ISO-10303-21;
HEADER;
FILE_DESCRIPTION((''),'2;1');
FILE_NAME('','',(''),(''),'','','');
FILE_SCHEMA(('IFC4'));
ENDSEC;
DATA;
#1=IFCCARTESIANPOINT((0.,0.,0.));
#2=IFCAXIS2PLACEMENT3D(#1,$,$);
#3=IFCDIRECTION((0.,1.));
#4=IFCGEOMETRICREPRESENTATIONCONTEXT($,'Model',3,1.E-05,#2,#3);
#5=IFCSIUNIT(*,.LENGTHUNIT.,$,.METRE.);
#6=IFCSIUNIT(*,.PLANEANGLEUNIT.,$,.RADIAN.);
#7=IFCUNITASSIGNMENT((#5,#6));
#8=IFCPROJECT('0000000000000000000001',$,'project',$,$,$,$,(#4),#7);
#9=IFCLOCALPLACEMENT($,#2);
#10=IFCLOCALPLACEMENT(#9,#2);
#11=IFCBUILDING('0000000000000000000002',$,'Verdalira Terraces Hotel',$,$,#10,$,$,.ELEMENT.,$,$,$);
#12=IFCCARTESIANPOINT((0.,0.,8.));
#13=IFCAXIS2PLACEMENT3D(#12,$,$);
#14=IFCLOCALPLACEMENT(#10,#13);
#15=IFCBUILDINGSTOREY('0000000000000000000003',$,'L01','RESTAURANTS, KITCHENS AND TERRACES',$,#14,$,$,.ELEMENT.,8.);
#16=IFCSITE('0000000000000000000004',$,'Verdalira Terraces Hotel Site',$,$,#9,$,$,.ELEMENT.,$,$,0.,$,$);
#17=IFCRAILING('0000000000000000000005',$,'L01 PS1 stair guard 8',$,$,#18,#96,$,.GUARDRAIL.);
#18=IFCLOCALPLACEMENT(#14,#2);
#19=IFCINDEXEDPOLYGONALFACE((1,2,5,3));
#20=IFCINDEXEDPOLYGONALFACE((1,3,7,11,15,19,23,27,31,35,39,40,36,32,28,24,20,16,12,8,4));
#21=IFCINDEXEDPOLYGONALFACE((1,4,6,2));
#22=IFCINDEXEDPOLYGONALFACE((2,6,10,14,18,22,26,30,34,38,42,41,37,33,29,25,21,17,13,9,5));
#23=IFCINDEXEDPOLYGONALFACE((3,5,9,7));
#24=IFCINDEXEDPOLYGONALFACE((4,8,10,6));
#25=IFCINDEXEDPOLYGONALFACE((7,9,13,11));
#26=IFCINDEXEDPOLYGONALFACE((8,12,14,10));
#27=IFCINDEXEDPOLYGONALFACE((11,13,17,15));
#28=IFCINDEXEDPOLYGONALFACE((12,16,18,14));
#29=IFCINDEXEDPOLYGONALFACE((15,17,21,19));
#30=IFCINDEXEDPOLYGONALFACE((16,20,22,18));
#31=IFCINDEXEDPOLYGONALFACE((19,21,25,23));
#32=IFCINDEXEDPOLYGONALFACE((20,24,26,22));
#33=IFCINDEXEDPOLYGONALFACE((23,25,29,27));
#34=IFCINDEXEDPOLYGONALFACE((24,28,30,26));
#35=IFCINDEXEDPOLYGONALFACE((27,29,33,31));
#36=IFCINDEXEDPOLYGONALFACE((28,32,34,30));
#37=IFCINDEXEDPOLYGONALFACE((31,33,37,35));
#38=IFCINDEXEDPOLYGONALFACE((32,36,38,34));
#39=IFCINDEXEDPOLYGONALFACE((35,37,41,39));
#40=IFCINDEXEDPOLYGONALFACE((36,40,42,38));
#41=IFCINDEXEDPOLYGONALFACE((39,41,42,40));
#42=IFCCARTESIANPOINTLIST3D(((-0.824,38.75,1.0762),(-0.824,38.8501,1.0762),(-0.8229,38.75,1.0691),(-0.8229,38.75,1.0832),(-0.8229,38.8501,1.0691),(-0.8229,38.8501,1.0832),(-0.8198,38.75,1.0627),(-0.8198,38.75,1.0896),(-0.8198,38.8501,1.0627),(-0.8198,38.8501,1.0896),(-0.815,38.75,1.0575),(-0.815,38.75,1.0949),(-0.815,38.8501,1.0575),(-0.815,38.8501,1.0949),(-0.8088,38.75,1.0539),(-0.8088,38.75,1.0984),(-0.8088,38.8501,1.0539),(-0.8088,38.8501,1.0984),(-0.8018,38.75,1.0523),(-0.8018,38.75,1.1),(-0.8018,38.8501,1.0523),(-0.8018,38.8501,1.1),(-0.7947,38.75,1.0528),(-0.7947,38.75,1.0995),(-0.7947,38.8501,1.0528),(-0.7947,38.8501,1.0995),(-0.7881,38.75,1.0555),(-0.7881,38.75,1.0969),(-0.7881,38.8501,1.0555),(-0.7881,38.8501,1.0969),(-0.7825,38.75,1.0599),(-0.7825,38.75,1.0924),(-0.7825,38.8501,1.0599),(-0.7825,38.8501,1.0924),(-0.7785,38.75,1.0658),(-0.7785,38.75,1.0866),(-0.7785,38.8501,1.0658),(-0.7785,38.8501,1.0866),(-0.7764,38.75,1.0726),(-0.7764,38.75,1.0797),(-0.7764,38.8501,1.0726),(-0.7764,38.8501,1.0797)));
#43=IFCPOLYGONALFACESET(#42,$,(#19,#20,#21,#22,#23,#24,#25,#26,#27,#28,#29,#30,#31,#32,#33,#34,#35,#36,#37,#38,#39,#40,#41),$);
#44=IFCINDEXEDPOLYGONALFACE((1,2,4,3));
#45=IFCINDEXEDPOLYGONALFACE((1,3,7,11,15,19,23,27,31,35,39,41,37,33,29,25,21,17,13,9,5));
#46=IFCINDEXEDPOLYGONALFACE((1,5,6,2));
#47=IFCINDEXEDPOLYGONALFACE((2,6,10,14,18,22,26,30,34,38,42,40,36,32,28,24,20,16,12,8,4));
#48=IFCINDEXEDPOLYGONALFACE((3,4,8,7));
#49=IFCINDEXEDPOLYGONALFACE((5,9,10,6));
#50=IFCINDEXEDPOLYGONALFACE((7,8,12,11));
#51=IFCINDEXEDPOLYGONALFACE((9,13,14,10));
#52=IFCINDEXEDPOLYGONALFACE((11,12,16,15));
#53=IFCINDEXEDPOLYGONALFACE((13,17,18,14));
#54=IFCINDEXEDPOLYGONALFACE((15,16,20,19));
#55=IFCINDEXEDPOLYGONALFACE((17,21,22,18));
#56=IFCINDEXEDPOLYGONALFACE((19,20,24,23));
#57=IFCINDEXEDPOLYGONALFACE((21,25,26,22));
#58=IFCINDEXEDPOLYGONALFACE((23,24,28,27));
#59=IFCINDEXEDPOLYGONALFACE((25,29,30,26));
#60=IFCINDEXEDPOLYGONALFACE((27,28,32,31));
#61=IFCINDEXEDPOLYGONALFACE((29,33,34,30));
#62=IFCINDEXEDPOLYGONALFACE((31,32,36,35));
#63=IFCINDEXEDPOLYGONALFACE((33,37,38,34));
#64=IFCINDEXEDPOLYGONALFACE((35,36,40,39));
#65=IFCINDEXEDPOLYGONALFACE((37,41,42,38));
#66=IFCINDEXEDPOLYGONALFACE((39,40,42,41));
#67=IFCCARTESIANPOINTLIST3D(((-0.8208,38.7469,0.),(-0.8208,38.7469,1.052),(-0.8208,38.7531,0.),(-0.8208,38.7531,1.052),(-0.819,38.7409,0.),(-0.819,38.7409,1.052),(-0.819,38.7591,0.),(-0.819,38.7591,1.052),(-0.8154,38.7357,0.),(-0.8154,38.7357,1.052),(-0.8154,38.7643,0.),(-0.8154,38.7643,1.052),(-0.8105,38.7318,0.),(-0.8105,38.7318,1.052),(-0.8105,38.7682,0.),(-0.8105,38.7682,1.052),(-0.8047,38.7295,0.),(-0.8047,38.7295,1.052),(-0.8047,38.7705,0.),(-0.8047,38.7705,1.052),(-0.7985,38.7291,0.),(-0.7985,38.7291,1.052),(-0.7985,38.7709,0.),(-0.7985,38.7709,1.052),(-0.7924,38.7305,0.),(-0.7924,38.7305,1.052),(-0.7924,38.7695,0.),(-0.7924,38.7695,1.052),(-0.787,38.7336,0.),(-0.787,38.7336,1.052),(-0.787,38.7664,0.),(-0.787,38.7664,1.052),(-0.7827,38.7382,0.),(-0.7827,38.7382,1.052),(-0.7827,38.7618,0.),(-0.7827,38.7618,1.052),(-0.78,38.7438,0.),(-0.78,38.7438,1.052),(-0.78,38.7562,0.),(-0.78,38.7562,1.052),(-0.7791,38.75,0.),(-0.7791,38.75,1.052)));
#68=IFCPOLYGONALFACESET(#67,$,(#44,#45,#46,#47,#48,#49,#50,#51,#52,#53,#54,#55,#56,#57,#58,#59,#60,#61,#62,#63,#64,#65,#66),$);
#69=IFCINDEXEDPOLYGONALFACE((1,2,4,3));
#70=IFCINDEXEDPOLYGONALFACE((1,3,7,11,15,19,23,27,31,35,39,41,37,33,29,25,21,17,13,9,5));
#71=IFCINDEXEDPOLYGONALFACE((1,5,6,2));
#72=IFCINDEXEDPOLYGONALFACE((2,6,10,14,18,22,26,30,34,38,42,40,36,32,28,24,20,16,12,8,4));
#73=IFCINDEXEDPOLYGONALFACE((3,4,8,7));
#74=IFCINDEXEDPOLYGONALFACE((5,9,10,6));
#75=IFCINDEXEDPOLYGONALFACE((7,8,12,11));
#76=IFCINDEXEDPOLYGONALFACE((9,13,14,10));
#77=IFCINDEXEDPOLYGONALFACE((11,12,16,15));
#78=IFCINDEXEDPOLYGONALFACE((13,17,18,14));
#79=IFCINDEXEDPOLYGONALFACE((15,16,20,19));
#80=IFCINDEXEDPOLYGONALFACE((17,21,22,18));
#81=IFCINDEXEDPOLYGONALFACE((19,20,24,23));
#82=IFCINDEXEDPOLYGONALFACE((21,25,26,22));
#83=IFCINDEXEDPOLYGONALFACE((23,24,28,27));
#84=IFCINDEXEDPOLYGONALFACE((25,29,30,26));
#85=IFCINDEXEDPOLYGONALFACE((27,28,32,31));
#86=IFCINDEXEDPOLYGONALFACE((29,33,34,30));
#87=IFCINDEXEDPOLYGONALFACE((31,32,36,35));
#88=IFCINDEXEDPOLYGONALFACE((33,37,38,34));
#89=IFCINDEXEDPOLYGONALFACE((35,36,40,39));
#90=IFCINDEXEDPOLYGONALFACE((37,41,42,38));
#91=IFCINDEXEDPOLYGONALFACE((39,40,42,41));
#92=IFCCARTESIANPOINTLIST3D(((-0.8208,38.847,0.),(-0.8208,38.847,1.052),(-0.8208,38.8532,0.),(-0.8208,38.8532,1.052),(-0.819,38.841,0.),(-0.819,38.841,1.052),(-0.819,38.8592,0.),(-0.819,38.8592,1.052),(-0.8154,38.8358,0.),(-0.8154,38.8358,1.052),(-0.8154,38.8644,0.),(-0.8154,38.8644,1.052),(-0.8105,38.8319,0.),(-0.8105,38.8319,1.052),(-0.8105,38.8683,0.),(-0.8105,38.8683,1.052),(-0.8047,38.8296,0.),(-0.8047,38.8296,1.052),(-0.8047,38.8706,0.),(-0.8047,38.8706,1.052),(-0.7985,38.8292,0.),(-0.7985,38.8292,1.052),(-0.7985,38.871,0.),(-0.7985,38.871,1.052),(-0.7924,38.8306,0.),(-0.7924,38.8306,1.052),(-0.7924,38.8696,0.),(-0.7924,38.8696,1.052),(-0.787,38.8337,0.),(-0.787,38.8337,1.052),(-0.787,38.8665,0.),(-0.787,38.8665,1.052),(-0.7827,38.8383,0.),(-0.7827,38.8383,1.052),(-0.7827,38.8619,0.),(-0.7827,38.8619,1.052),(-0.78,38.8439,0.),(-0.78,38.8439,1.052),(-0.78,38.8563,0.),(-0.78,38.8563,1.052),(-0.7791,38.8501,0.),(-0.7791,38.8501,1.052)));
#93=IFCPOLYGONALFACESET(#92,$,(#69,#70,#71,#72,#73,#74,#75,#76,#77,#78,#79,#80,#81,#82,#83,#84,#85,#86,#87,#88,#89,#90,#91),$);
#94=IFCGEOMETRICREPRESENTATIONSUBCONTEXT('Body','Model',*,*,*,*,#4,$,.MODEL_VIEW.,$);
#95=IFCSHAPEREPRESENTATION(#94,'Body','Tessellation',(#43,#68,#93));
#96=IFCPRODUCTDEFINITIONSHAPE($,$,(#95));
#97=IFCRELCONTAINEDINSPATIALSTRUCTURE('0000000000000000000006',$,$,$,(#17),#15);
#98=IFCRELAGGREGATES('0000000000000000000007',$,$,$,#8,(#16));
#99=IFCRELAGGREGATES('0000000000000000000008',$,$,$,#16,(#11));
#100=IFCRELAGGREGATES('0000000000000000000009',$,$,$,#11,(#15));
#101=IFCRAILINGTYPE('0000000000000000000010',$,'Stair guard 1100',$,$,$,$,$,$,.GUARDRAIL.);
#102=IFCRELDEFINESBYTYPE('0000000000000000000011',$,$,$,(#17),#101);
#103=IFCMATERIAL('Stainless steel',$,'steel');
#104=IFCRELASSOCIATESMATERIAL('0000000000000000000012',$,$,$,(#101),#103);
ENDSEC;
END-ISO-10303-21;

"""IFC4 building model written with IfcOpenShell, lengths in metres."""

from ifc_helpers import new_model, si_unit, direction, frame, origin, origin_2d, place, context, subcontext, project, spatial, circle, extrude, material, type_object, element, save


model = new_model("IFC4")

# Units and contexts
model_context = context("Model", 3, precision=1e-05, world=origin(), true_north=direction((0.0, 1.0)))
body_context = subcontext(model_context, "Body", "Model", "MODEL_VIEW")
ifc_project = project(units=[si_unit("LENGTHUNIT", "METRE"), si_unit("PLANEANGLEUNIT", "RADIAN")], contexts=[model_context])

# Site, building, storey
site_placement = place(None, origin())
site = spatial("IfcSite", under=ifc_project, at=site_placement, Name="Verdalira Terraces Hotel Site", CompositionType="ELEMENT", RefElevation=0.0)
building_placement = place(site_placement, origin())
building = spatial("IfcBuilding", under=site, at=building_placement, Name="Verdalira Terraces Hotel", CompositionType="ELEMENT")
storey_placement = place(building_placement, frame((0.0, 0.0, 8.0)))
storey = spatial("IfcBuildingStorey", under=building, at=storey_placement, Name="L01", Description="RESTAURANTS, KITCHENS AND TERRACES", CompositionType="ELEMENT", Elevation=8.0)

# Railing
ifc_material_1 = material(Name="Stainless steel", Category="steel")
railing_type_1 = type_object("IfcRailingType", Name="Stair guard 1100", PredefinedType="GUARDRAIL", material=ifc_material_1)
railing_1_placement = place(storey_placement, frame((-0.8, 38.75, 0.0)))
element("IfcRailing", 1, at=railing_1_placement, inside=storey, type_object=railing_type_1, Name="L01 PS1 stair guard 8", PredefinedType="GUARDRAIL", context=body_context, shape_type="SweptSolid", body=[
    extrude(circle(Radius=0.0239, at=origin_2d()), frame((0.0, 0.0, 1.0762), z_axis=(0.0, 1.0, 0.0), x_axis=(-1.0, 0.0, 0.0)), (0.0, 0.0, 1.0), 0.1001),
    extrude(circle(Radius=0.021, at=origin_2d()), origin(), (0.0, 0.0, 1.0), 1.052),
    extrude(circle(Radius=0.021, at=origin_2d()), frame((0.0, 0.1001, 0.0)), (0.0, 0.0, 1.0), 1.052),
])

save(model, "model.ifc")
